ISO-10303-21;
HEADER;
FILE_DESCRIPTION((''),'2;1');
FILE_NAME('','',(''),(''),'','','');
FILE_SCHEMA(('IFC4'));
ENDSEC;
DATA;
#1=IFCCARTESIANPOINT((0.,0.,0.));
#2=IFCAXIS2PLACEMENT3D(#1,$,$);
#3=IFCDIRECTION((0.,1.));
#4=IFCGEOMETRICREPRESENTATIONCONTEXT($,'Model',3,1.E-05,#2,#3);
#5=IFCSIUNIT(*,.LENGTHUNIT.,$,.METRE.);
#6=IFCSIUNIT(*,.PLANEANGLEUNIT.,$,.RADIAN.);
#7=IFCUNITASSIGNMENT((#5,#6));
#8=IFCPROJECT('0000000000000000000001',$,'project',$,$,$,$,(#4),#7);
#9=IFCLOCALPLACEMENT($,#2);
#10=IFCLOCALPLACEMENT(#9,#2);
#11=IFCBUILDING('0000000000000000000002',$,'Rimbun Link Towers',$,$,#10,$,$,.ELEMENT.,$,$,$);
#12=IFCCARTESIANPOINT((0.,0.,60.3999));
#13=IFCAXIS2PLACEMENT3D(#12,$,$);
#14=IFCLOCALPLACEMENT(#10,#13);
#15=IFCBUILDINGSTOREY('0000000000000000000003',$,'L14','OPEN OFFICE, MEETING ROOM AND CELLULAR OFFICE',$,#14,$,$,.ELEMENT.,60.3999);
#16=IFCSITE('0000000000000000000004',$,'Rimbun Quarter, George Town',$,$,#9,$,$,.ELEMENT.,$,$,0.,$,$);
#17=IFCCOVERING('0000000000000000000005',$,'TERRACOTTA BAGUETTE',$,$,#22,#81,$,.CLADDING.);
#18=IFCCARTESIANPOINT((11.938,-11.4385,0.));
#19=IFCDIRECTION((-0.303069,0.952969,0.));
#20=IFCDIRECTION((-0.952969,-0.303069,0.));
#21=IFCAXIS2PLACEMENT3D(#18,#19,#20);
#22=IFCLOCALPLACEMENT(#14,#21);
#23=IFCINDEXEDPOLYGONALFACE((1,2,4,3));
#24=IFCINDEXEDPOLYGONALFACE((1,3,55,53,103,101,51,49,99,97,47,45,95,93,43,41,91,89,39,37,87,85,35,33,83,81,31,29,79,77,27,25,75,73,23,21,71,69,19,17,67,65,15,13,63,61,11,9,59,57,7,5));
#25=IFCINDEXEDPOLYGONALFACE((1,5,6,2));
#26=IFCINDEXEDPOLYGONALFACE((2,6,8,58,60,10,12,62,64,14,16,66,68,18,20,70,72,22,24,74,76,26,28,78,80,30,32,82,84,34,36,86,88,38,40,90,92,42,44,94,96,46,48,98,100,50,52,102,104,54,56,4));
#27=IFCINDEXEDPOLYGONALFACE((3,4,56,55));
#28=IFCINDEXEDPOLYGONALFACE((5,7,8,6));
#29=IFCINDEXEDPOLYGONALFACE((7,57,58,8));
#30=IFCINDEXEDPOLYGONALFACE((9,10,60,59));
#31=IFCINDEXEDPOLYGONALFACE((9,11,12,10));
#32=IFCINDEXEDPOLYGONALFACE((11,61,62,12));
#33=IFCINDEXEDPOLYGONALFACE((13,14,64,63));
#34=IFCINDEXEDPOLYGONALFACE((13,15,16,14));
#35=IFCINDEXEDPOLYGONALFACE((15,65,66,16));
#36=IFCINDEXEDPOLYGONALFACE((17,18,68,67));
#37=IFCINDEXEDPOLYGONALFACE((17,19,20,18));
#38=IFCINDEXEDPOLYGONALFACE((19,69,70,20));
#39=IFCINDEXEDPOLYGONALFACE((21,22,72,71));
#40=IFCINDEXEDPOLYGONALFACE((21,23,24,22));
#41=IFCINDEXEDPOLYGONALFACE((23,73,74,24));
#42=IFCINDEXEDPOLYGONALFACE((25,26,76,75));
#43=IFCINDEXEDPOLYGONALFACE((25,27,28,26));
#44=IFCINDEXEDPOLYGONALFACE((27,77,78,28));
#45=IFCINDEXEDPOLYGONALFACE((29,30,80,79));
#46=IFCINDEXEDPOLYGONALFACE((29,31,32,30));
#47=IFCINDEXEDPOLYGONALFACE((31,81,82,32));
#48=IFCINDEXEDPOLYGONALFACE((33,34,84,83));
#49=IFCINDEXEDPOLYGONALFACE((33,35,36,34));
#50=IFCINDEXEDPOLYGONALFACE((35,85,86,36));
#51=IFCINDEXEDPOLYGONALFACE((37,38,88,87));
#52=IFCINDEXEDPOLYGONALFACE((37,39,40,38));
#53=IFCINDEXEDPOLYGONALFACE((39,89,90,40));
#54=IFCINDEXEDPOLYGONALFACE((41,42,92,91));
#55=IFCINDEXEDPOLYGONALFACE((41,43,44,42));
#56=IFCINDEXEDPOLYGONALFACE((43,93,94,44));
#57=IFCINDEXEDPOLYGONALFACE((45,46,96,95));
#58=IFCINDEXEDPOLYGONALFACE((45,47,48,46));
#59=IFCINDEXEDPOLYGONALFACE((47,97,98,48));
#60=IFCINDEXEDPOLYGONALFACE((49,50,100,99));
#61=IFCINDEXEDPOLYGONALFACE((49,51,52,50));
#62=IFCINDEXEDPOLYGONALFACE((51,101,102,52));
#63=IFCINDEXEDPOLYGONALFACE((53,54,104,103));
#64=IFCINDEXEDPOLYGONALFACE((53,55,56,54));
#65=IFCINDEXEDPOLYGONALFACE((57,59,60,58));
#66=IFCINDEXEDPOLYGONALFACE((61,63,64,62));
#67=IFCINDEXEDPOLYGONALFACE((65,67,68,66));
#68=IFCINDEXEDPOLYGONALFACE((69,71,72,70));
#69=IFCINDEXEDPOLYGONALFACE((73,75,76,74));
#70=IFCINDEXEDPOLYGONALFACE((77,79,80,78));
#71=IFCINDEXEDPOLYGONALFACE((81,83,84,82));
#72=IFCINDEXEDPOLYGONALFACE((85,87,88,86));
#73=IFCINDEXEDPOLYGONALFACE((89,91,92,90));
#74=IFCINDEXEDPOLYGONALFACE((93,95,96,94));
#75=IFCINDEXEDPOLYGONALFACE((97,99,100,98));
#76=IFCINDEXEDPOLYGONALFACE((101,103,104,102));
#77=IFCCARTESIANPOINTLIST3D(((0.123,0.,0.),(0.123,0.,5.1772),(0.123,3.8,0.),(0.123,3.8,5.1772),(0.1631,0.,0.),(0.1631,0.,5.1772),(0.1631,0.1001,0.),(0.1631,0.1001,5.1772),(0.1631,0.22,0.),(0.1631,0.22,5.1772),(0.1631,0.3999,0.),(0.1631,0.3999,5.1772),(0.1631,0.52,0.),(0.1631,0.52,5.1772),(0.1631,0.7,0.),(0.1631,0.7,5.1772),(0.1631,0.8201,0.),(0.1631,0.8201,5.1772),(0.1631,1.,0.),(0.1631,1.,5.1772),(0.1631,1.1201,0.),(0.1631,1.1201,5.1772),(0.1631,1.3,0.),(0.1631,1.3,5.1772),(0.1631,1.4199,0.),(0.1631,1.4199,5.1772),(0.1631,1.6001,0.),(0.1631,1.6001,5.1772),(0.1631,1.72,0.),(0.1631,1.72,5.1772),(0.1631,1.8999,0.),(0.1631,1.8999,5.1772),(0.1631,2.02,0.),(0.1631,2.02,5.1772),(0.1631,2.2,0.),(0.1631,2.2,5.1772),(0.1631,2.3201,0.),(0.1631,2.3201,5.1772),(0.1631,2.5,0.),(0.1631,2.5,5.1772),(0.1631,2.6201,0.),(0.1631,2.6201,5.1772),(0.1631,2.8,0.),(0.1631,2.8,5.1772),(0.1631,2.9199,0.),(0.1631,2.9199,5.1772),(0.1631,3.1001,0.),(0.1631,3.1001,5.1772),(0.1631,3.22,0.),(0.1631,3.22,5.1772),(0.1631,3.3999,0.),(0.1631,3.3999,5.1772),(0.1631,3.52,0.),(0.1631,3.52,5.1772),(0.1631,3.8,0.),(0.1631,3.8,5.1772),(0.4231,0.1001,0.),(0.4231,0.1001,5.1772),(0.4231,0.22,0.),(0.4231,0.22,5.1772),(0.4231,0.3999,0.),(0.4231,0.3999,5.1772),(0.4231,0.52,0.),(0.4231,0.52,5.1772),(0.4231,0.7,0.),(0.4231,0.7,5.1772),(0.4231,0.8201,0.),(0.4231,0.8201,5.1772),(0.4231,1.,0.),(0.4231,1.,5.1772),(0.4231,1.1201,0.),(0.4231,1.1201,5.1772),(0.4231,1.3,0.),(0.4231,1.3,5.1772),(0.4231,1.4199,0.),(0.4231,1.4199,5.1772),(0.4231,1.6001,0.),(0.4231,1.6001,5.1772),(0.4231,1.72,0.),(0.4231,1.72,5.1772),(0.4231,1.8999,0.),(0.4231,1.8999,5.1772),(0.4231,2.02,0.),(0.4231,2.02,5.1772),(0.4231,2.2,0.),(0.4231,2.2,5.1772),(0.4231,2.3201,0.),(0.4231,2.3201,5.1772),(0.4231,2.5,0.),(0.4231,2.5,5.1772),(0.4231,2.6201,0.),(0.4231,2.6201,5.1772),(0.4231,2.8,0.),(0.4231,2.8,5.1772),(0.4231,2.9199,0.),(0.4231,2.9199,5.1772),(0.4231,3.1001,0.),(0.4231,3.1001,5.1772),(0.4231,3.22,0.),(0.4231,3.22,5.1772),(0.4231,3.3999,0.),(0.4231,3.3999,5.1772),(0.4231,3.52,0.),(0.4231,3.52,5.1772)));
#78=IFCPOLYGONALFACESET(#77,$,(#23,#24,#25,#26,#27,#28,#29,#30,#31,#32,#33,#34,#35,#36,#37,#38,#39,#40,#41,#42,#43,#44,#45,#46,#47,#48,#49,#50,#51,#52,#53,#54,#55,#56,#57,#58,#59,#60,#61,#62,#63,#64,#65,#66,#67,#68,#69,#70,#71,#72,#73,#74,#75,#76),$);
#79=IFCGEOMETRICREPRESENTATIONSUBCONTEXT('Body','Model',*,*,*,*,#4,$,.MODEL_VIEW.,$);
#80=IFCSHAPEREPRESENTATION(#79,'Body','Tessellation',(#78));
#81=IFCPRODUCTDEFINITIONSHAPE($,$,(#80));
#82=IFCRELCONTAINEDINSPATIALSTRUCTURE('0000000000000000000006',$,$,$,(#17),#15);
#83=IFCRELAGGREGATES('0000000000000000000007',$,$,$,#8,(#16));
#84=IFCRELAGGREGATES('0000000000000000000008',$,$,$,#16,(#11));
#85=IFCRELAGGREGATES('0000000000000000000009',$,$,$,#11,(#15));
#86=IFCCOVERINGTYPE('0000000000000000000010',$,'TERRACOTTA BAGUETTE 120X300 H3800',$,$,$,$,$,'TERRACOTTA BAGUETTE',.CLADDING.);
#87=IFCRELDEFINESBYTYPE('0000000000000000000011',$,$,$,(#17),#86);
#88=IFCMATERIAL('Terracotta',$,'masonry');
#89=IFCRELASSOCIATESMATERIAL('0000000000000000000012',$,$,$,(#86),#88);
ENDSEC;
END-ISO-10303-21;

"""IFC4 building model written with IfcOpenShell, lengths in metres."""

from ifc_helpers import new_model, si_unit, direction, frame, origin, place, context, subcontext, project, spatial, polyline, outline, extrude, material, material_profile, profile_set, type_object, element, save


model = new_model("IFC4")

# Units and contexts
model_context = context("Model", 3, precision=1e-05, world=origin(), true_north=direction((0.0, 1.0)))
body_context = subcontext(model_context, "Body", "Model", "MODEL_VIEW")
ifc_project = project(units=[si_unit("LENGTHUNIT", "METRE"), si_unit("PLANEANGLEUNIT", "RADIAN")], contexts=[model_context])

# Site, building, storey
site_placement = place(None, origin())
site = spatial("IfcSite", under=ifc_project, at=site_placement, Name="Rimbun Quarter, George Town", CompositionType="ELEMENT", RefElevation=0.0)
building_placement = place(site_placement, origin())
building = spatial("IfcBuilding", under=site, at=building_placement, Name="Rimbun Link Towers", CompositionType="ELEMENT")
storey_placement = place(building_placement, frame((0.0, 0.0, 60.3999)))
storey = spatial("IfcBuildingStorey", under=building, at=storey_placement, Name="L14", Description="OPEN OFFICE, MEETING ROOM AND CELLULAR OFFICE", CompositionType="ELEMENT", Elevation=60.3999)

# Covering
ifc_material_1 = material(Name="Terracotta", Category="masonry")
ifc_material_profile_1 = material_profile(ifc_material_1, outline(polyline([(0.123, 0.0), (0.1631, 0.0), (0.1631, 0.1001), (0.4231, 0.1001), (0.4231, 0.22), (0.1631, 0.22), (0.1631, 0.3999), (0.4231, 0.3999), (0.4231, 0.52), (0.1631, 0.52), (0.1631, 0.7), (0.4231, 0.7), (0.4231, 0.8201), (0.1631, 0.8201), (0.1631, 1.0), (0.4231, 1.0), (0.4231, 1.1201), (0.1631, 1.1201), (0.1631, 1.3), (0.4231, 1.3), (0.4231, 1.4199), (0.1631, 1.4199), (0.1631, 1.6001), (0.4231, 1.6001), (0.4231, 1.72), (0.1631, 1.72), (0.1631, 1.8999), (0.4231, 1.8999), (0.4231, 2.02), (0.1631, 2.02), (0.1631, 2.2), (0.4231, 2.2), (0.4231, 2.3201), (0.1631, 2.3201), (0.1631, 2.5), (0.4231, 2.5), (0.4231, 2.6201), (0.1631, 2.6201), (0.1631, 2.8), (0.4231, 2.8), (0.4231, 2.9199), (0.1631, 2.9199), (0.1631, 3.1001), (0.4231, 3.1001), (0.4231, 3.22), (0.1631, 3.22), (0.1631, 3.3999), (0.4231, 3.3999), (0.4231, 3.52), (0.1631, 3.52), (0.1631, 3.8), (0.123, 3.8), (0.123, 0.0)])), Name="BAGUETTE 120X300")
ifc_profile_set_1 = profile_set([ifc_material_profile_1], Name="Terracotta")
covering_type_1 = type_object("IfcCoveringType", Name="TERRACOTTA BAGUETTE 120X300 H3800", ElementType="TERRACOTTA BAGUETTE", PredefinedType="CLADDING", material=ifc_profile_set_1)
covering_1_placement = place(storey_placement, frame((11.938, -11.4385, 0.0), z_axis=(-0.303069, 0.952969, 0.0), x_axis=(-0.952969, -0.303069, 0.0)))
element("IfcCovering", 1, at=covering_1_placement, inside=storey, type_object=covering_type_1, Name="TERRACOTTA BAGUETTE", PredefinedType="CLADDING", context=body_context, shape_type="SweptSolid", body=[
    extrude(outline(polyline([(0.123, 0.0), (0.1631, 0.0), (0.1631, 0.1001), (0.4231, 0.1001), (0.4231, 0.22), (0.1631, 0.22), (0.1631, 0.3999), (0.4231, 0.3999), (0.4231, 0.52), (0.1631, 0.52), (0.1631, 0.7), (0.4231, 0.7), (0.4231, 0.8201), (0.1631, 0.8201), (0.1631, 1.0), (0.4231, 1.0), (0.4231, 1.1201), (0.1631, 1.1201), (0.1631, 1.3), (0.4231, 1.3), (0.4231, 1.4199), (0.1631, 1.4199), (0.1631, 1.6001), (0.4231, 1.6001), (0.4231, 1.72), (0.1631, 1.72), (0.1631, 1.8999), (0.4231, 1.8999), (0.4231, 2.02), (0.1631, 2.02), (0.1631, 2.2), (0.4231, 2.2), (0.4231, 2.3201), (0.1631, 2.3201), (0.1631, 2.5), (0.4231, 2.5), (0.4231, 2.6201), (0.1631, 2.6201), (0.1631, 2.8), (0.4231, 2.8), (0.4231, 2.9199), (0.1631, 2.9199), (0.1631, 3.1001), (0.4231, 3.1001), (0.4231, 3.22), (0.1631, 3.22), (0.1631, 3.3999), (0.4231, 3.3999), (0.4231, 3.52), (0.1631, 3.52), (0.1631, 3.8), (0.123, 3.8), (0.123, 0.0)])), origin(), (0.0, 0.0, 1.0), 5.1772),
])

save(model, "model.ifc")
